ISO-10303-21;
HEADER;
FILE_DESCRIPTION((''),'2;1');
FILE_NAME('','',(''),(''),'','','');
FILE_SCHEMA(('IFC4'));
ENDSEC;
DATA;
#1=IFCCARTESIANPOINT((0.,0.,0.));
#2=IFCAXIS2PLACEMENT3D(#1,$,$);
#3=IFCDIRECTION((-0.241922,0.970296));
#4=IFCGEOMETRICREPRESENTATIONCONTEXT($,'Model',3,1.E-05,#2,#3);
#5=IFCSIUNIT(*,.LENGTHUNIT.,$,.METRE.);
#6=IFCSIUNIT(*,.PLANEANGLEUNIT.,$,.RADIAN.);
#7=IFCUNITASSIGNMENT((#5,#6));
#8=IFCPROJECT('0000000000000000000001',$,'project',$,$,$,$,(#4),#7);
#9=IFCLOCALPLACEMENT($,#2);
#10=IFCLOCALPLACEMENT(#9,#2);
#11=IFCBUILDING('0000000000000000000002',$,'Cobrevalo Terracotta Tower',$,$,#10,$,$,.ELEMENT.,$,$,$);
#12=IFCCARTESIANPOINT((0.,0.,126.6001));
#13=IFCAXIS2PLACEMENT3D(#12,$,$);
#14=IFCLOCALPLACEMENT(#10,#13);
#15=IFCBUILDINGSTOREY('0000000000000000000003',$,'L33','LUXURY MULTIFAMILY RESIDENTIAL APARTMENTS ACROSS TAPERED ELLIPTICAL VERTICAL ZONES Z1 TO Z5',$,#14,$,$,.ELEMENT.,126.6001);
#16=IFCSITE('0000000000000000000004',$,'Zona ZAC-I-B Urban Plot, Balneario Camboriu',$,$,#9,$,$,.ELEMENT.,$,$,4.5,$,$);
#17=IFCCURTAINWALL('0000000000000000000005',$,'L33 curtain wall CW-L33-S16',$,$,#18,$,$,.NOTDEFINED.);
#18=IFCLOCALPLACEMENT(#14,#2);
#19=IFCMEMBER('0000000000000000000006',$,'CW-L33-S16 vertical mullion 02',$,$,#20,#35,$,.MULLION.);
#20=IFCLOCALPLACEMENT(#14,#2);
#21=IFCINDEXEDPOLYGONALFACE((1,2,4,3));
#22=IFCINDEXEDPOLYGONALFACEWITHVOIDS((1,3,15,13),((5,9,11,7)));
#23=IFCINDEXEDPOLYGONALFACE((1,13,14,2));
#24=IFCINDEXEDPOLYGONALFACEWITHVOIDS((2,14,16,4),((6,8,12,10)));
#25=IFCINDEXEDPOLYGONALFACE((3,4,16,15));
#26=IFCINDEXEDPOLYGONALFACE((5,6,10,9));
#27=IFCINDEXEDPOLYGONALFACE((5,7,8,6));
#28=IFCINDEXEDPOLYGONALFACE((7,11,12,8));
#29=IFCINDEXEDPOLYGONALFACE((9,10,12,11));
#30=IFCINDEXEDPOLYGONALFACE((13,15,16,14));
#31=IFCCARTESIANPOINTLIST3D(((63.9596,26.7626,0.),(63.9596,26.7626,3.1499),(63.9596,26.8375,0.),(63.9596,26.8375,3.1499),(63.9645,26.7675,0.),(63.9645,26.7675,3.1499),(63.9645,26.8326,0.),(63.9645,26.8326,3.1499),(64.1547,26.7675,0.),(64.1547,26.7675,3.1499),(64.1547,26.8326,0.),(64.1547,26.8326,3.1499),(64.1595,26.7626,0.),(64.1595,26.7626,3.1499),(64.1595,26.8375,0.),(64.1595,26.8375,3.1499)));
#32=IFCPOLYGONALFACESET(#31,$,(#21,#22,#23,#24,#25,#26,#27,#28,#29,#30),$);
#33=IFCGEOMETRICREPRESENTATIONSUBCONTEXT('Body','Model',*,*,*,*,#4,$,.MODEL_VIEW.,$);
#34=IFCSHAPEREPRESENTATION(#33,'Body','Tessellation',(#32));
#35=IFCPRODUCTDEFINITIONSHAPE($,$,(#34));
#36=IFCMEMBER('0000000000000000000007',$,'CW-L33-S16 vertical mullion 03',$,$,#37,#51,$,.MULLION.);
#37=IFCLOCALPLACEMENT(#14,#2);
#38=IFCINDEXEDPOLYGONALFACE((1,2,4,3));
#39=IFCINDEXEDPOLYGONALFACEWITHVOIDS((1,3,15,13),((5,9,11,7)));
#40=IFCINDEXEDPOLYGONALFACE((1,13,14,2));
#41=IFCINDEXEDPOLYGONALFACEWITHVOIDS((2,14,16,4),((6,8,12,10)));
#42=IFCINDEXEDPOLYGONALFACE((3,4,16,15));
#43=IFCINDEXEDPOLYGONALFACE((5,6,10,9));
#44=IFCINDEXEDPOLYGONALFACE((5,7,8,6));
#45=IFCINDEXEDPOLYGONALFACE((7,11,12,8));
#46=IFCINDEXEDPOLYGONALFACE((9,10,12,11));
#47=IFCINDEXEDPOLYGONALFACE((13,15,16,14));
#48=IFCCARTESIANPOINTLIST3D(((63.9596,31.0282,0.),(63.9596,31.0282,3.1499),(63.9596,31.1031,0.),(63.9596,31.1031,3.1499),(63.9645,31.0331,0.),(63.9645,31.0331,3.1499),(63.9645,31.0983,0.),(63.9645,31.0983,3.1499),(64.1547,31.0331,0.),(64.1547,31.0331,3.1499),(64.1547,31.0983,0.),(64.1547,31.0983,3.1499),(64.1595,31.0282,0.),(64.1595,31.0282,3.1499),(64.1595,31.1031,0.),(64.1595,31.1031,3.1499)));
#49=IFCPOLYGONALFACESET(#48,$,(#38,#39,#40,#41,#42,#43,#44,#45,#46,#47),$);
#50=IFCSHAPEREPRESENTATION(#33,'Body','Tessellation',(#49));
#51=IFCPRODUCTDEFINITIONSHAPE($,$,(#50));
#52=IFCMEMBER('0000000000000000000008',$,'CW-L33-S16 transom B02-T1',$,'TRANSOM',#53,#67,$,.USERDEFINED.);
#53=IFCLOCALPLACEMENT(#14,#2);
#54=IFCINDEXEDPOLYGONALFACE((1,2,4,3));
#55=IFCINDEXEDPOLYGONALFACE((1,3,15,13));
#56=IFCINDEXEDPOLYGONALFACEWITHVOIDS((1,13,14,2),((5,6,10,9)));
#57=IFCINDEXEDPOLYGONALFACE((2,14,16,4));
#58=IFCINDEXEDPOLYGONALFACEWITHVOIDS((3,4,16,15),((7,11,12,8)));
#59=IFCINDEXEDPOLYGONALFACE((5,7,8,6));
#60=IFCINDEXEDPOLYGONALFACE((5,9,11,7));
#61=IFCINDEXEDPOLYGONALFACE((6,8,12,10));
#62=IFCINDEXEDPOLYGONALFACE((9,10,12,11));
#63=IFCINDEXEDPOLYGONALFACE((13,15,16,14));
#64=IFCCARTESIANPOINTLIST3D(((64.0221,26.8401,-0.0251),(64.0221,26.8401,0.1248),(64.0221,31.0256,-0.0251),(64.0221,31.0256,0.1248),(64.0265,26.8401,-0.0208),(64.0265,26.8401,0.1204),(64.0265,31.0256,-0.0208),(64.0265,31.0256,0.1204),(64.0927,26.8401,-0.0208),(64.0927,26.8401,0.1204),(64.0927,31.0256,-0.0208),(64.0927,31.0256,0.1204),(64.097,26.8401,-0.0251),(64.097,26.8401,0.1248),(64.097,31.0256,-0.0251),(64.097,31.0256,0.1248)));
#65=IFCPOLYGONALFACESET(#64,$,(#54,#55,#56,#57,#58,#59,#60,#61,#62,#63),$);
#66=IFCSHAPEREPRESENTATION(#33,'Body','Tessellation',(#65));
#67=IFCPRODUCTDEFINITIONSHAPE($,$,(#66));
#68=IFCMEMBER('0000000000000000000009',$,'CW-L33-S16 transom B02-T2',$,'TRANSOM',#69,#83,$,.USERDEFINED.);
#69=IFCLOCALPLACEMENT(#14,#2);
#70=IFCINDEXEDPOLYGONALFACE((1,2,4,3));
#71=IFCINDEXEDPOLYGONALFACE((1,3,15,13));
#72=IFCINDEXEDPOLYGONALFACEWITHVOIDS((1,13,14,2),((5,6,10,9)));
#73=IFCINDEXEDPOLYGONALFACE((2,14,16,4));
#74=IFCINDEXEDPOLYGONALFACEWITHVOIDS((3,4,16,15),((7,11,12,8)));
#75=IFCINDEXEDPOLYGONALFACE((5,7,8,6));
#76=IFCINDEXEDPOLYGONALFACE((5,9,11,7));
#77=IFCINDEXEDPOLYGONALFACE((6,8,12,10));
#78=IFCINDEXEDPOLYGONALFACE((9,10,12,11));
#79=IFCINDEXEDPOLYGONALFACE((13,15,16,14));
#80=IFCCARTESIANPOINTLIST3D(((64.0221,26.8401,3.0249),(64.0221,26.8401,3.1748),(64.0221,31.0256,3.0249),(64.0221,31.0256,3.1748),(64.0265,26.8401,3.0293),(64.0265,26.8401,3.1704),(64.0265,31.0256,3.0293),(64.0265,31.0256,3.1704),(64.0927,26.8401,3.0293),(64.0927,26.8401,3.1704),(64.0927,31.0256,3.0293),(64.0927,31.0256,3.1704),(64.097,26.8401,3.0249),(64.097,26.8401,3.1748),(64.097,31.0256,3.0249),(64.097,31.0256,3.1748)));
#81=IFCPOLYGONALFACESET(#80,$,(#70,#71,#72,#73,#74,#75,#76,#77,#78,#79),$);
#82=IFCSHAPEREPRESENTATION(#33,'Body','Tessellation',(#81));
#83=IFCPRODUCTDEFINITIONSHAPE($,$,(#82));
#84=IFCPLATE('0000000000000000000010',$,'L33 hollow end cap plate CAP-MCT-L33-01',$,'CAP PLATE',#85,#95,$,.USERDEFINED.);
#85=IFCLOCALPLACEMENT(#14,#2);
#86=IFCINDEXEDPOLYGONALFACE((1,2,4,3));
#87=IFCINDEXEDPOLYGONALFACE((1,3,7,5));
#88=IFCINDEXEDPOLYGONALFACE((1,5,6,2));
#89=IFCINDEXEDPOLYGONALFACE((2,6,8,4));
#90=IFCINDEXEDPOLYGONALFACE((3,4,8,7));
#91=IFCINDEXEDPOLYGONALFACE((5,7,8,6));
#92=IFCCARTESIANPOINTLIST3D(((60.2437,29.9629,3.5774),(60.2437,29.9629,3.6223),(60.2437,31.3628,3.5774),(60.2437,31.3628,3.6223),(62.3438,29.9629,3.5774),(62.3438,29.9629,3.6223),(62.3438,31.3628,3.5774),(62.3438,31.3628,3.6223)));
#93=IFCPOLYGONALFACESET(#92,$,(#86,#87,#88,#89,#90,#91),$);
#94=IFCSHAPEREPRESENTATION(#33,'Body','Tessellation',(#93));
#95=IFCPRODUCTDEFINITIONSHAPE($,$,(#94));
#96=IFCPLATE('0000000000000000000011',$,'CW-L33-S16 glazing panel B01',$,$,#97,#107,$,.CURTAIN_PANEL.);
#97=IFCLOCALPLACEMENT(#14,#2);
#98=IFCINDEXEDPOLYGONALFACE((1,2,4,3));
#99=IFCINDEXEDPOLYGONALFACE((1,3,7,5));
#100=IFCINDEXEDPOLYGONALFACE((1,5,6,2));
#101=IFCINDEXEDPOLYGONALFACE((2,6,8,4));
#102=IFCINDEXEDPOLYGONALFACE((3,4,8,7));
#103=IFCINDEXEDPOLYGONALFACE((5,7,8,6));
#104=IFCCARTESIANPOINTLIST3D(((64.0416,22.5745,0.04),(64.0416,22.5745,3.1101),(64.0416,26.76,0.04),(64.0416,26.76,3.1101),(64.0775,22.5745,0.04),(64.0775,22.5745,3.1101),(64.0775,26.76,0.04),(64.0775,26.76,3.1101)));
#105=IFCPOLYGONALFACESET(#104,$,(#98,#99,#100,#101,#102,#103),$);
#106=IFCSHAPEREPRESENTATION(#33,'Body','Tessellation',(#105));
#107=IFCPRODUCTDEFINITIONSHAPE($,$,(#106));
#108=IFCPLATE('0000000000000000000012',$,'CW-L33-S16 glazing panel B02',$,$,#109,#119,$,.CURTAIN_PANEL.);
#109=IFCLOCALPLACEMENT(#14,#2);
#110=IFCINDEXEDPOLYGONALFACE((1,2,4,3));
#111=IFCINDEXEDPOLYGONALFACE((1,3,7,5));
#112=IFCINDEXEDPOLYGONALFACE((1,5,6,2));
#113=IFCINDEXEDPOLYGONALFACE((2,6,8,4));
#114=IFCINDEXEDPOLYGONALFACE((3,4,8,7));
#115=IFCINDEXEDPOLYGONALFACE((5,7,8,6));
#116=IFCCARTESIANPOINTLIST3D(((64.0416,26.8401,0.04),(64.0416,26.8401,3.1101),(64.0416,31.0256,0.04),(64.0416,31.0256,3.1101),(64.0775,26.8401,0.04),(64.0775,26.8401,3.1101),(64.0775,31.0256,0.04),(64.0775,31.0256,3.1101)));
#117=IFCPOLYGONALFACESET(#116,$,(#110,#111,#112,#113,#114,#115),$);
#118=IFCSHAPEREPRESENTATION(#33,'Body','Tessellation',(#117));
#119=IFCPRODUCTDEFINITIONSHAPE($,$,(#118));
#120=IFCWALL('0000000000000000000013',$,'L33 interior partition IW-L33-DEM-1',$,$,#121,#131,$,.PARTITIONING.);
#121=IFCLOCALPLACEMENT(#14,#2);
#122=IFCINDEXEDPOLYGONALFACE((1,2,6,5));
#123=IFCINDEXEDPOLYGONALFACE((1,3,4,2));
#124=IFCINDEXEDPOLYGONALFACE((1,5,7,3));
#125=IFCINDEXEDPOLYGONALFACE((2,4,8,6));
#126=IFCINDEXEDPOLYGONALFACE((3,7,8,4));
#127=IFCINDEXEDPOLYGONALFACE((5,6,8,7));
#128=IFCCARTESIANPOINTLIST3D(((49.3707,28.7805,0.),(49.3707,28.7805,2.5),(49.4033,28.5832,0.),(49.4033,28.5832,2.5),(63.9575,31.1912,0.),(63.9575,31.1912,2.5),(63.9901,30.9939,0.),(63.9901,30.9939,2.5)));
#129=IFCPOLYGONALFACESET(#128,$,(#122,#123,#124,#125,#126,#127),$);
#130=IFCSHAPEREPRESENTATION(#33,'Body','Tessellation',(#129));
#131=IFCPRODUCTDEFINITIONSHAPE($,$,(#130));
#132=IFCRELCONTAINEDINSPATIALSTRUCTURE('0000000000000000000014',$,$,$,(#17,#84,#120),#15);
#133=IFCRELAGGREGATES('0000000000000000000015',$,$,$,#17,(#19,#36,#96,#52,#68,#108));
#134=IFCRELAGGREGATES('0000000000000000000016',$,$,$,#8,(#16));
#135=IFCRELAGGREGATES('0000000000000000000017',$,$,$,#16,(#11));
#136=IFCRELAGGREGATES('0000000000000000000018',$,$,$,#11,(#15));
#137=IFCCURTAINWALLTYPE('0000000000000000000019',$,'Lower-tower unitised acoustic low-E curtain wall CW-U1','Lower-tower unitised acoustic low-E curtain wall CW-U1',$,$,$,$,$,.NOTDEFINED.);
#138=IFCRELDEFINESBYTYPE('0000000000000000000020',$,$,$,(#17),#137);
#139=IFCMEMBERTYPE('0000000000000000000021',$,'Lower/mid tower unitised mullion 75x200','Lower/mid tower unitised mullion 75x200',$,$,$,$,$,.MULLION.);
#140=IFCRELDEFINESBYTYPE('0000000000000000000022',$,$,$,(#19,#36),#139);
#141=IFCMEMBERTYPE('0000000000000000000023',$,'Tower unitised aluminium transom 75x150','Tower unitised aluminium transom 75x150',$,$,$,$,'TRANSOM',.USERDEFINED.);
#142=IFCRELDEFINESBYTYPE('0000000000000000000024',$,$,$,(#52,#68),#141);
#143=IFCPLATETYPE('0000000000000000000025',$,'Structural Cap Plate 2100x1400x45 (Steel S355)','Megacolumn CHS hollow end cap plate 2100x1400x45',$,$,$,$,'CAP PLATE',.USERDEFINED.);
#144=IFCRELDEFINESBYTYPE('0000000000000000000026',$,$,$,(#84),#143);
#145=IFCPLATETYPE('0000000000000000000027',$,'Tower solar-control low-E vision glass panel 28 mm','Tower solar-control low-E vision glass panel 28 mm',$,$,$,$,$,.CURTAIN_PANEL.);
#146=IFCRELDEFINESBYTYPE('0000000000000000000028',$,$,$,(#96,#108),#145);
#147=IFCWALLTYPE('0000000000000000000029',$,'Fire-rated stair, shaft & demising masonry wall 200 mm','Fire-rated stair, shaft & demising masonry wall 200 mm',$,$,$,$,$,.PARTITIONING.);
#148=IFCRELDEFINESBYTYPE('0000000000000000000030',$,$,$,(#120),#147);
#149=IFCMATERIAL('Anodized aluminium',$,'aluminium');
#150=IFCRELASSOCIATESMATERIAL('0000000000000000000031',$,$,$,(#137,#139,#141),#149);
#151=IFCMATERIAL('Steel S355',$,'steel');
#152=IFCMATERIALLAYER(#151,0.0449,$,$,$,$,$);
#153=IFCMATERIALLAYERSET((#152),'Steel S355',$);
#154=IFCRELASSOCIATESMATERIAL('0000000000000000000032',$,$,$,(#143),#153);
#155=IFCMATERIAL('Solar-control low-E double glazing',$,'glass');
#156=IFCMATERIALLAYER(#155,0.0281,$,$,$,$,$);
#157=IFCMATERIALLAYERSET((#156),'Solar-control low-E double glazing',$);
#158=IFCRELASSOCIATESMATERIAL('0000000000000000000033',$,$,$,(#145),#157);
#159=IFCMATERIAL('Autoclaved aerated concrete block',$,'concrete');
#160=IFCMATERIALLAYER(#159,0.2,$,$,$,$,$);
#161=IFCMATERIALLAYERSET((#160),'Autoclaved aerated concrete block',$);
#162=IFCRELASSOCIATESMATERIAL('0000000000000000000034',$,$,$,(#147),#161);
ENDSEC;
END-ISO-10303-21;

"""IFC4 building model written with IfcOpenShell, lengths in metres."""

from ifc_helpers import new_model, si_unit, direction, frame, frame_2d, origin, origin_2d, place, context, subcontext, project, spatial, rectangle, hollow_rectangle, extrude, source, transform, mapped, material, layer, layer_set, material_profile, profile_set, type_object, element, aggregate, save


model = new_model("IFC4")

# Units and contexts
model_context = context("Model", 3, precision=1e-05, world=origin(), true_north=direction((-0.241922, 0.970296)))
body_context = subcontext(model_context, "Body", "Model", "MODEL_VIEW")
ifc_project = project(units=[si_unit("LENGTHUNIT", "METRE"), si_unit("PLANEANGLEUNIT", "RADIAN")], contexts=[model_context])

# Site, building, storey
site_placement = place(None, origin())
site = spatial("IfcSite", under=ifc_project, at=site_placement, Name="Zona ZAC-I-B Urban Plot, Balneario Camboriu", CompositionType="ELEMENT", RefElevation=4.5)
building_placement = place(site_placement, origin())
building = spatial("IfcBuilding", under=site, at=building_placement, Name="Cobrevalo Terracotta Tower", CompositionType="ELEMENT")
storey_placement = place(building_placement, frame((0.0, 0.0, 126.6001)))
storey = spatial("IfcBuildingStorey", under=building, at=storey_placement, Name="L33", Description="LUXURY MULTIFAMILY RESIDENTIAL APARTMENTS ACROSS TAPERED ELLIPTICAL VERTICAL ZONES Z1 TO Z5", CompositionType="ELEMENT", Elevation=126.6001)

# Shared definitions
ifc_material_1 = material(Name="Steel S355", Category="steel")

# Curtain wall, members
ifc_material_2 = material(Name="Anodized aluminium", Category="aluminium")
curtain_wall_type = type_object("IfcCurtainWallType", Name="Lower-tower unitised acoustic low-E curtain wall CW-U1", Description="Lower-tower unitised acoustic low-E curtain wall CW-U1", PredefinedType="NOTDEFINED", material=ifc_material_2)
curtain_wall_placement = place(storey_placement, origin())
curtain_wall = element("IfcCurtainWall", 1, at=curtain_wall_placement, inside=storey, type_object=curtain_wall_type, Name="L33 curtain wall CW-L33-S16", PredefinedType="NOTDEFINED")
ifc_material_profile_1 = material_profile(ifc_material_2, hollow_rectangle(XDim=0.075, YDim=0.2, WallThickness=0.0049, at=origin_2d()), Name="CWM 75x200")
ifc_profile_set_1 = profile_set([ifc_material_profile_1], Name="Anodized aluminium")
member_type_1 = type_object("IfcMemberType", Name="Lower/mid tower unitised mullion 75x200", Description="Lower/mid tower unitised mullion 75x200", PredefinedType="MULLION", material=ifc_profile_set_1)
shared_shape_1 = source(origin(), body_context, "Body", "SweptSolid", [
    extrude(hollow_rectangle(XDim=0.075, YDim=0.2, WallThickness=0.0049, at=origin_2d()), origin(), (0.0, 0.0, 1.0), 3.1499),
])
member_1_placement = place(storey_placement, frame((64.0596, 26.8, 0.0), z_axis=(0.0, 0.0, 1.0), x_axis=(0.0, 1.0, 0.0)))
member_1 = element("IfcMember", 2, at=member_1_placement, type_object=member_type_1, Name="CW-L33-S16 vertical mullion 02", PredefinedType="MULLION", context=body_context, shape_type="MappedRepresentation", body=[
    mapped(shared_shape_1, transform((0.0, 0.0, 0.0), scale=1.0)),
])
member_2_placement = place(storey_placement, frame((64.0596, 31.0657, 0.0), z_axis=(0.0, 0.0, 1.0), x_axis=(0.0, 1.0, 0.0)))
member_2 = element("IfcMember", 3, at=member_2_placement, type_object=member_type_1, Name="CW-L33-S16 vertical mullion 03", PredefinedType="MULLION", context=body_context, shape_type="MappedRepresentation", body=[
    mapped(shared_shape_1, transform((0.0, 0.0, 0.0), scale=1.0)),
])
ifc_material_profile_2 = material_profile(ifc_material_2, hollow_rectangle(XDim=0.075, YDim=0.1499, WallThickness=0.0044, at=origin_2d()), Name="CWT 75x150")
ifc_profile_set_2 = profile_set([ifc_material_profile_2], Name="Anodized aluminium")
member_type_2 = type_object("IfcMemberType", Name="Tower unitised aluminium transom 75x150", Description="Tower unitised aluminium transom 75x150", ElementType="TRANSOM", PredefinedType="USERDEFINED", material=ifc_profile_set_2)
shared_shape_2 = source(origin(), body_context, "Body", "SweptSolid", [
    extrude(hollow_rectangle(XDim=0.075, YDim=0.1499, WallThickness=0.0044, at=origin_2d()), origin(), (0.0, 0.0, 1.0), 4.1855),
])
member_3_placement = place(storey_placement, frame((64.0596, 26.8401, 0.0498), z_axis=(0.0, 1.0, 0.0), x_axis=(-1.0, 0.0, 0.0)))
member_3 = element("IfcMember", 4, at=member_3_placement, type_object=member_type_2, Name="CW-L33-S16 transom B02-T1", ObjectType="TRANSOM", PredefinedType="USERDEFINED", context=body_context, shape_type="MappedRepresentation", body=[
    mapped(shared_shape_2, transform((0.0, 0.0, 0.0), scale=1.0)),
])
member_4_placement = place(storey_placement, frame((64.0596, 26.8401, 3.0999), z_axis=(0.0, 1.0, 0.0), x_axis=(-1.0, 0.0, 0.0)))
member_4 = element("IfcMember", 5, at=member_4_placement, type_object=member_type_2, Name="CW-L33-S16 transom B02-T2", ObjectType="TRANSOM", PredefinedType="USERDEFINED", context=body_context, shape_type="MappedRepresentation", body=[
    mapped(shared_shape_2, transform((0.0, 0.0, 0.0), scale=1.0)),
])

# Plates
ifc_layer_1 = layer(ifc_material_1, 0.0449)
ifc_layer_set_1 = layer_set([ifc_layer_1], Name="Steel S355")
plate_type_1 = type_object("IfcPlateType", Name="Structural Cap Plate 2100x1400x45 (Steel S355)", Description="Megacolumn CHS hollow end cap plate 2100x1400x45", ElementType="CAP PLATE", PredefinedType="USERDEFINED", material=ifc_layer_set_1)
shared_shape_3 = source(origin(), body_context, "Body", "SweptSolid", [
    extrude(rectangle(XDim=2.1001, YDim=1.3999, at=origin_2d()), origin(), (0.0, 0.0, 1.0), 0.0449),
])
plate_1_placement = place(storey_placement, frame((61.2937, 30.6628, 3.5774), z_axis=(0.0, 0.0, 1.0), x_axis=(1.0, 0.0, 0.0)))
element("IfcPlate", 6, at=plate_1_placement, inside=storey, type_object=plate_type_1, Name="L33 hollow end cap plate CAP-MCT-L33-01", ObjectType="CAP PLATE", PredefinedType="USERDEFINED", context=body_context, shape_type="MappedRepresentation", body=[
    mapped(shared_shape_3, transform((0.0, 0.0, 0.0), scale=1.0)),
])
ifc_material_3 = material(Name="Solar-control low-E double glazing", Category="glass")
ifc_layer_2 = layer(ifc_material_3, 0.0281)
ifc_layer_set_2 = layer_set([ifc_layer_2], Name="Solar-control low-E double glazing")
plate_type_2 = type_object("IfcPlateType", Name="Tower solar-control low-E vision glass panel 28 mm", Description="Tower solar-control low-E vision glass panel 28 mm", PredefinedType="CURTAIN_PANEL", material=ifc_layer_set_2)
shared_shape_4 = source(origin(), body_context, "Body", "SweptSolid", [
    extrude(rectangle(XDim=4.1855, YDim=0.0359, at=origin_2d()), origin(), (0.0, 0.0, 1.0), 3.0701),
])
plate_2_placement = place(storey_placement, frame((64.0596, 24.6672, 0.04), z_axis=(0.0, 0.0, 1.0), x_axis=(0.0, 1.0, 0.0)))
plate_2 = element("IfcPlate", 7, at=plate_2_placement, type_object=plate_type_2, Name="CW-L33-S16 glazing panel B01", PredefinedType="CURTAIN_PANEL", context=body_context, shape_type="MappedRepresentation", body=[
    mapped(shared_shape_4, transform((0.0, 0.0, 0.0), scale=1.0)),
])
plate_3_placement = place(storey_placement, frame((64.0596, 28.9329, 0.04), z_axis=(0.0, 0.0, 1.0), x_axis=(0.0, 1.0, 0.0)))
plate_3 = element("IfcPlate", 8, at=plate_3_placement, type_object=plate_type_2, Name="CW-L33-S16 glazing panel B02", PredefinedType="CURTAIN_PANEL", context=body_context, shape_type="MappedRepresentation", body=[
    mapped(shared_shape_4, transform((0.0, 0.0, 0.0), scale=1.0)),
])
aggregate(curtain_wall, [member_1, member_2, plate_2, member_3, member_4, plate_3])

# Wall
ifc_material_4 = material(Name="Autoclaved aerated concrete block", Category="concrete")
ifc_layer_3 = layer(ifc_material_4, 0.2)
ifc_layer_set_3 = layer_set([ifc_layer_3], Name="Autoclaved aerated concrete block")
wall_type_1 = type_object("IfcWallType", Name="Fire-rated stair, shaft & demising masonry wall 200 mm", Description="Fire-rated stair, shaft & demising masonry wall 200 mm", PredefinedType="PARTITIONING", material=ifc_layer_set_3)
wall_1_placement = place(storey_placement, frame((49.387, 28.6819, 0.0), z_axis=(0.0, 0.0, 1.0), x_axis=(0.986618, 0.163049, 0.0)))
element("IfcWall", 9, at=wall_1_placement, inside=storey, type_object=wall_type_1, Name="L33 interior partition IW-L33-DEM-1", PredefinedType="PARTITIONING", context=body_context, shape_type="SweptSolid", body=[
    extrude(rectangle(XDim=14.7847, YDim=0.2, at=frame_2d((7.3923, 0.0))), origin(), (0.0, 0.0, 1.0), 2.5),
])

save(model, "model.ifc")
